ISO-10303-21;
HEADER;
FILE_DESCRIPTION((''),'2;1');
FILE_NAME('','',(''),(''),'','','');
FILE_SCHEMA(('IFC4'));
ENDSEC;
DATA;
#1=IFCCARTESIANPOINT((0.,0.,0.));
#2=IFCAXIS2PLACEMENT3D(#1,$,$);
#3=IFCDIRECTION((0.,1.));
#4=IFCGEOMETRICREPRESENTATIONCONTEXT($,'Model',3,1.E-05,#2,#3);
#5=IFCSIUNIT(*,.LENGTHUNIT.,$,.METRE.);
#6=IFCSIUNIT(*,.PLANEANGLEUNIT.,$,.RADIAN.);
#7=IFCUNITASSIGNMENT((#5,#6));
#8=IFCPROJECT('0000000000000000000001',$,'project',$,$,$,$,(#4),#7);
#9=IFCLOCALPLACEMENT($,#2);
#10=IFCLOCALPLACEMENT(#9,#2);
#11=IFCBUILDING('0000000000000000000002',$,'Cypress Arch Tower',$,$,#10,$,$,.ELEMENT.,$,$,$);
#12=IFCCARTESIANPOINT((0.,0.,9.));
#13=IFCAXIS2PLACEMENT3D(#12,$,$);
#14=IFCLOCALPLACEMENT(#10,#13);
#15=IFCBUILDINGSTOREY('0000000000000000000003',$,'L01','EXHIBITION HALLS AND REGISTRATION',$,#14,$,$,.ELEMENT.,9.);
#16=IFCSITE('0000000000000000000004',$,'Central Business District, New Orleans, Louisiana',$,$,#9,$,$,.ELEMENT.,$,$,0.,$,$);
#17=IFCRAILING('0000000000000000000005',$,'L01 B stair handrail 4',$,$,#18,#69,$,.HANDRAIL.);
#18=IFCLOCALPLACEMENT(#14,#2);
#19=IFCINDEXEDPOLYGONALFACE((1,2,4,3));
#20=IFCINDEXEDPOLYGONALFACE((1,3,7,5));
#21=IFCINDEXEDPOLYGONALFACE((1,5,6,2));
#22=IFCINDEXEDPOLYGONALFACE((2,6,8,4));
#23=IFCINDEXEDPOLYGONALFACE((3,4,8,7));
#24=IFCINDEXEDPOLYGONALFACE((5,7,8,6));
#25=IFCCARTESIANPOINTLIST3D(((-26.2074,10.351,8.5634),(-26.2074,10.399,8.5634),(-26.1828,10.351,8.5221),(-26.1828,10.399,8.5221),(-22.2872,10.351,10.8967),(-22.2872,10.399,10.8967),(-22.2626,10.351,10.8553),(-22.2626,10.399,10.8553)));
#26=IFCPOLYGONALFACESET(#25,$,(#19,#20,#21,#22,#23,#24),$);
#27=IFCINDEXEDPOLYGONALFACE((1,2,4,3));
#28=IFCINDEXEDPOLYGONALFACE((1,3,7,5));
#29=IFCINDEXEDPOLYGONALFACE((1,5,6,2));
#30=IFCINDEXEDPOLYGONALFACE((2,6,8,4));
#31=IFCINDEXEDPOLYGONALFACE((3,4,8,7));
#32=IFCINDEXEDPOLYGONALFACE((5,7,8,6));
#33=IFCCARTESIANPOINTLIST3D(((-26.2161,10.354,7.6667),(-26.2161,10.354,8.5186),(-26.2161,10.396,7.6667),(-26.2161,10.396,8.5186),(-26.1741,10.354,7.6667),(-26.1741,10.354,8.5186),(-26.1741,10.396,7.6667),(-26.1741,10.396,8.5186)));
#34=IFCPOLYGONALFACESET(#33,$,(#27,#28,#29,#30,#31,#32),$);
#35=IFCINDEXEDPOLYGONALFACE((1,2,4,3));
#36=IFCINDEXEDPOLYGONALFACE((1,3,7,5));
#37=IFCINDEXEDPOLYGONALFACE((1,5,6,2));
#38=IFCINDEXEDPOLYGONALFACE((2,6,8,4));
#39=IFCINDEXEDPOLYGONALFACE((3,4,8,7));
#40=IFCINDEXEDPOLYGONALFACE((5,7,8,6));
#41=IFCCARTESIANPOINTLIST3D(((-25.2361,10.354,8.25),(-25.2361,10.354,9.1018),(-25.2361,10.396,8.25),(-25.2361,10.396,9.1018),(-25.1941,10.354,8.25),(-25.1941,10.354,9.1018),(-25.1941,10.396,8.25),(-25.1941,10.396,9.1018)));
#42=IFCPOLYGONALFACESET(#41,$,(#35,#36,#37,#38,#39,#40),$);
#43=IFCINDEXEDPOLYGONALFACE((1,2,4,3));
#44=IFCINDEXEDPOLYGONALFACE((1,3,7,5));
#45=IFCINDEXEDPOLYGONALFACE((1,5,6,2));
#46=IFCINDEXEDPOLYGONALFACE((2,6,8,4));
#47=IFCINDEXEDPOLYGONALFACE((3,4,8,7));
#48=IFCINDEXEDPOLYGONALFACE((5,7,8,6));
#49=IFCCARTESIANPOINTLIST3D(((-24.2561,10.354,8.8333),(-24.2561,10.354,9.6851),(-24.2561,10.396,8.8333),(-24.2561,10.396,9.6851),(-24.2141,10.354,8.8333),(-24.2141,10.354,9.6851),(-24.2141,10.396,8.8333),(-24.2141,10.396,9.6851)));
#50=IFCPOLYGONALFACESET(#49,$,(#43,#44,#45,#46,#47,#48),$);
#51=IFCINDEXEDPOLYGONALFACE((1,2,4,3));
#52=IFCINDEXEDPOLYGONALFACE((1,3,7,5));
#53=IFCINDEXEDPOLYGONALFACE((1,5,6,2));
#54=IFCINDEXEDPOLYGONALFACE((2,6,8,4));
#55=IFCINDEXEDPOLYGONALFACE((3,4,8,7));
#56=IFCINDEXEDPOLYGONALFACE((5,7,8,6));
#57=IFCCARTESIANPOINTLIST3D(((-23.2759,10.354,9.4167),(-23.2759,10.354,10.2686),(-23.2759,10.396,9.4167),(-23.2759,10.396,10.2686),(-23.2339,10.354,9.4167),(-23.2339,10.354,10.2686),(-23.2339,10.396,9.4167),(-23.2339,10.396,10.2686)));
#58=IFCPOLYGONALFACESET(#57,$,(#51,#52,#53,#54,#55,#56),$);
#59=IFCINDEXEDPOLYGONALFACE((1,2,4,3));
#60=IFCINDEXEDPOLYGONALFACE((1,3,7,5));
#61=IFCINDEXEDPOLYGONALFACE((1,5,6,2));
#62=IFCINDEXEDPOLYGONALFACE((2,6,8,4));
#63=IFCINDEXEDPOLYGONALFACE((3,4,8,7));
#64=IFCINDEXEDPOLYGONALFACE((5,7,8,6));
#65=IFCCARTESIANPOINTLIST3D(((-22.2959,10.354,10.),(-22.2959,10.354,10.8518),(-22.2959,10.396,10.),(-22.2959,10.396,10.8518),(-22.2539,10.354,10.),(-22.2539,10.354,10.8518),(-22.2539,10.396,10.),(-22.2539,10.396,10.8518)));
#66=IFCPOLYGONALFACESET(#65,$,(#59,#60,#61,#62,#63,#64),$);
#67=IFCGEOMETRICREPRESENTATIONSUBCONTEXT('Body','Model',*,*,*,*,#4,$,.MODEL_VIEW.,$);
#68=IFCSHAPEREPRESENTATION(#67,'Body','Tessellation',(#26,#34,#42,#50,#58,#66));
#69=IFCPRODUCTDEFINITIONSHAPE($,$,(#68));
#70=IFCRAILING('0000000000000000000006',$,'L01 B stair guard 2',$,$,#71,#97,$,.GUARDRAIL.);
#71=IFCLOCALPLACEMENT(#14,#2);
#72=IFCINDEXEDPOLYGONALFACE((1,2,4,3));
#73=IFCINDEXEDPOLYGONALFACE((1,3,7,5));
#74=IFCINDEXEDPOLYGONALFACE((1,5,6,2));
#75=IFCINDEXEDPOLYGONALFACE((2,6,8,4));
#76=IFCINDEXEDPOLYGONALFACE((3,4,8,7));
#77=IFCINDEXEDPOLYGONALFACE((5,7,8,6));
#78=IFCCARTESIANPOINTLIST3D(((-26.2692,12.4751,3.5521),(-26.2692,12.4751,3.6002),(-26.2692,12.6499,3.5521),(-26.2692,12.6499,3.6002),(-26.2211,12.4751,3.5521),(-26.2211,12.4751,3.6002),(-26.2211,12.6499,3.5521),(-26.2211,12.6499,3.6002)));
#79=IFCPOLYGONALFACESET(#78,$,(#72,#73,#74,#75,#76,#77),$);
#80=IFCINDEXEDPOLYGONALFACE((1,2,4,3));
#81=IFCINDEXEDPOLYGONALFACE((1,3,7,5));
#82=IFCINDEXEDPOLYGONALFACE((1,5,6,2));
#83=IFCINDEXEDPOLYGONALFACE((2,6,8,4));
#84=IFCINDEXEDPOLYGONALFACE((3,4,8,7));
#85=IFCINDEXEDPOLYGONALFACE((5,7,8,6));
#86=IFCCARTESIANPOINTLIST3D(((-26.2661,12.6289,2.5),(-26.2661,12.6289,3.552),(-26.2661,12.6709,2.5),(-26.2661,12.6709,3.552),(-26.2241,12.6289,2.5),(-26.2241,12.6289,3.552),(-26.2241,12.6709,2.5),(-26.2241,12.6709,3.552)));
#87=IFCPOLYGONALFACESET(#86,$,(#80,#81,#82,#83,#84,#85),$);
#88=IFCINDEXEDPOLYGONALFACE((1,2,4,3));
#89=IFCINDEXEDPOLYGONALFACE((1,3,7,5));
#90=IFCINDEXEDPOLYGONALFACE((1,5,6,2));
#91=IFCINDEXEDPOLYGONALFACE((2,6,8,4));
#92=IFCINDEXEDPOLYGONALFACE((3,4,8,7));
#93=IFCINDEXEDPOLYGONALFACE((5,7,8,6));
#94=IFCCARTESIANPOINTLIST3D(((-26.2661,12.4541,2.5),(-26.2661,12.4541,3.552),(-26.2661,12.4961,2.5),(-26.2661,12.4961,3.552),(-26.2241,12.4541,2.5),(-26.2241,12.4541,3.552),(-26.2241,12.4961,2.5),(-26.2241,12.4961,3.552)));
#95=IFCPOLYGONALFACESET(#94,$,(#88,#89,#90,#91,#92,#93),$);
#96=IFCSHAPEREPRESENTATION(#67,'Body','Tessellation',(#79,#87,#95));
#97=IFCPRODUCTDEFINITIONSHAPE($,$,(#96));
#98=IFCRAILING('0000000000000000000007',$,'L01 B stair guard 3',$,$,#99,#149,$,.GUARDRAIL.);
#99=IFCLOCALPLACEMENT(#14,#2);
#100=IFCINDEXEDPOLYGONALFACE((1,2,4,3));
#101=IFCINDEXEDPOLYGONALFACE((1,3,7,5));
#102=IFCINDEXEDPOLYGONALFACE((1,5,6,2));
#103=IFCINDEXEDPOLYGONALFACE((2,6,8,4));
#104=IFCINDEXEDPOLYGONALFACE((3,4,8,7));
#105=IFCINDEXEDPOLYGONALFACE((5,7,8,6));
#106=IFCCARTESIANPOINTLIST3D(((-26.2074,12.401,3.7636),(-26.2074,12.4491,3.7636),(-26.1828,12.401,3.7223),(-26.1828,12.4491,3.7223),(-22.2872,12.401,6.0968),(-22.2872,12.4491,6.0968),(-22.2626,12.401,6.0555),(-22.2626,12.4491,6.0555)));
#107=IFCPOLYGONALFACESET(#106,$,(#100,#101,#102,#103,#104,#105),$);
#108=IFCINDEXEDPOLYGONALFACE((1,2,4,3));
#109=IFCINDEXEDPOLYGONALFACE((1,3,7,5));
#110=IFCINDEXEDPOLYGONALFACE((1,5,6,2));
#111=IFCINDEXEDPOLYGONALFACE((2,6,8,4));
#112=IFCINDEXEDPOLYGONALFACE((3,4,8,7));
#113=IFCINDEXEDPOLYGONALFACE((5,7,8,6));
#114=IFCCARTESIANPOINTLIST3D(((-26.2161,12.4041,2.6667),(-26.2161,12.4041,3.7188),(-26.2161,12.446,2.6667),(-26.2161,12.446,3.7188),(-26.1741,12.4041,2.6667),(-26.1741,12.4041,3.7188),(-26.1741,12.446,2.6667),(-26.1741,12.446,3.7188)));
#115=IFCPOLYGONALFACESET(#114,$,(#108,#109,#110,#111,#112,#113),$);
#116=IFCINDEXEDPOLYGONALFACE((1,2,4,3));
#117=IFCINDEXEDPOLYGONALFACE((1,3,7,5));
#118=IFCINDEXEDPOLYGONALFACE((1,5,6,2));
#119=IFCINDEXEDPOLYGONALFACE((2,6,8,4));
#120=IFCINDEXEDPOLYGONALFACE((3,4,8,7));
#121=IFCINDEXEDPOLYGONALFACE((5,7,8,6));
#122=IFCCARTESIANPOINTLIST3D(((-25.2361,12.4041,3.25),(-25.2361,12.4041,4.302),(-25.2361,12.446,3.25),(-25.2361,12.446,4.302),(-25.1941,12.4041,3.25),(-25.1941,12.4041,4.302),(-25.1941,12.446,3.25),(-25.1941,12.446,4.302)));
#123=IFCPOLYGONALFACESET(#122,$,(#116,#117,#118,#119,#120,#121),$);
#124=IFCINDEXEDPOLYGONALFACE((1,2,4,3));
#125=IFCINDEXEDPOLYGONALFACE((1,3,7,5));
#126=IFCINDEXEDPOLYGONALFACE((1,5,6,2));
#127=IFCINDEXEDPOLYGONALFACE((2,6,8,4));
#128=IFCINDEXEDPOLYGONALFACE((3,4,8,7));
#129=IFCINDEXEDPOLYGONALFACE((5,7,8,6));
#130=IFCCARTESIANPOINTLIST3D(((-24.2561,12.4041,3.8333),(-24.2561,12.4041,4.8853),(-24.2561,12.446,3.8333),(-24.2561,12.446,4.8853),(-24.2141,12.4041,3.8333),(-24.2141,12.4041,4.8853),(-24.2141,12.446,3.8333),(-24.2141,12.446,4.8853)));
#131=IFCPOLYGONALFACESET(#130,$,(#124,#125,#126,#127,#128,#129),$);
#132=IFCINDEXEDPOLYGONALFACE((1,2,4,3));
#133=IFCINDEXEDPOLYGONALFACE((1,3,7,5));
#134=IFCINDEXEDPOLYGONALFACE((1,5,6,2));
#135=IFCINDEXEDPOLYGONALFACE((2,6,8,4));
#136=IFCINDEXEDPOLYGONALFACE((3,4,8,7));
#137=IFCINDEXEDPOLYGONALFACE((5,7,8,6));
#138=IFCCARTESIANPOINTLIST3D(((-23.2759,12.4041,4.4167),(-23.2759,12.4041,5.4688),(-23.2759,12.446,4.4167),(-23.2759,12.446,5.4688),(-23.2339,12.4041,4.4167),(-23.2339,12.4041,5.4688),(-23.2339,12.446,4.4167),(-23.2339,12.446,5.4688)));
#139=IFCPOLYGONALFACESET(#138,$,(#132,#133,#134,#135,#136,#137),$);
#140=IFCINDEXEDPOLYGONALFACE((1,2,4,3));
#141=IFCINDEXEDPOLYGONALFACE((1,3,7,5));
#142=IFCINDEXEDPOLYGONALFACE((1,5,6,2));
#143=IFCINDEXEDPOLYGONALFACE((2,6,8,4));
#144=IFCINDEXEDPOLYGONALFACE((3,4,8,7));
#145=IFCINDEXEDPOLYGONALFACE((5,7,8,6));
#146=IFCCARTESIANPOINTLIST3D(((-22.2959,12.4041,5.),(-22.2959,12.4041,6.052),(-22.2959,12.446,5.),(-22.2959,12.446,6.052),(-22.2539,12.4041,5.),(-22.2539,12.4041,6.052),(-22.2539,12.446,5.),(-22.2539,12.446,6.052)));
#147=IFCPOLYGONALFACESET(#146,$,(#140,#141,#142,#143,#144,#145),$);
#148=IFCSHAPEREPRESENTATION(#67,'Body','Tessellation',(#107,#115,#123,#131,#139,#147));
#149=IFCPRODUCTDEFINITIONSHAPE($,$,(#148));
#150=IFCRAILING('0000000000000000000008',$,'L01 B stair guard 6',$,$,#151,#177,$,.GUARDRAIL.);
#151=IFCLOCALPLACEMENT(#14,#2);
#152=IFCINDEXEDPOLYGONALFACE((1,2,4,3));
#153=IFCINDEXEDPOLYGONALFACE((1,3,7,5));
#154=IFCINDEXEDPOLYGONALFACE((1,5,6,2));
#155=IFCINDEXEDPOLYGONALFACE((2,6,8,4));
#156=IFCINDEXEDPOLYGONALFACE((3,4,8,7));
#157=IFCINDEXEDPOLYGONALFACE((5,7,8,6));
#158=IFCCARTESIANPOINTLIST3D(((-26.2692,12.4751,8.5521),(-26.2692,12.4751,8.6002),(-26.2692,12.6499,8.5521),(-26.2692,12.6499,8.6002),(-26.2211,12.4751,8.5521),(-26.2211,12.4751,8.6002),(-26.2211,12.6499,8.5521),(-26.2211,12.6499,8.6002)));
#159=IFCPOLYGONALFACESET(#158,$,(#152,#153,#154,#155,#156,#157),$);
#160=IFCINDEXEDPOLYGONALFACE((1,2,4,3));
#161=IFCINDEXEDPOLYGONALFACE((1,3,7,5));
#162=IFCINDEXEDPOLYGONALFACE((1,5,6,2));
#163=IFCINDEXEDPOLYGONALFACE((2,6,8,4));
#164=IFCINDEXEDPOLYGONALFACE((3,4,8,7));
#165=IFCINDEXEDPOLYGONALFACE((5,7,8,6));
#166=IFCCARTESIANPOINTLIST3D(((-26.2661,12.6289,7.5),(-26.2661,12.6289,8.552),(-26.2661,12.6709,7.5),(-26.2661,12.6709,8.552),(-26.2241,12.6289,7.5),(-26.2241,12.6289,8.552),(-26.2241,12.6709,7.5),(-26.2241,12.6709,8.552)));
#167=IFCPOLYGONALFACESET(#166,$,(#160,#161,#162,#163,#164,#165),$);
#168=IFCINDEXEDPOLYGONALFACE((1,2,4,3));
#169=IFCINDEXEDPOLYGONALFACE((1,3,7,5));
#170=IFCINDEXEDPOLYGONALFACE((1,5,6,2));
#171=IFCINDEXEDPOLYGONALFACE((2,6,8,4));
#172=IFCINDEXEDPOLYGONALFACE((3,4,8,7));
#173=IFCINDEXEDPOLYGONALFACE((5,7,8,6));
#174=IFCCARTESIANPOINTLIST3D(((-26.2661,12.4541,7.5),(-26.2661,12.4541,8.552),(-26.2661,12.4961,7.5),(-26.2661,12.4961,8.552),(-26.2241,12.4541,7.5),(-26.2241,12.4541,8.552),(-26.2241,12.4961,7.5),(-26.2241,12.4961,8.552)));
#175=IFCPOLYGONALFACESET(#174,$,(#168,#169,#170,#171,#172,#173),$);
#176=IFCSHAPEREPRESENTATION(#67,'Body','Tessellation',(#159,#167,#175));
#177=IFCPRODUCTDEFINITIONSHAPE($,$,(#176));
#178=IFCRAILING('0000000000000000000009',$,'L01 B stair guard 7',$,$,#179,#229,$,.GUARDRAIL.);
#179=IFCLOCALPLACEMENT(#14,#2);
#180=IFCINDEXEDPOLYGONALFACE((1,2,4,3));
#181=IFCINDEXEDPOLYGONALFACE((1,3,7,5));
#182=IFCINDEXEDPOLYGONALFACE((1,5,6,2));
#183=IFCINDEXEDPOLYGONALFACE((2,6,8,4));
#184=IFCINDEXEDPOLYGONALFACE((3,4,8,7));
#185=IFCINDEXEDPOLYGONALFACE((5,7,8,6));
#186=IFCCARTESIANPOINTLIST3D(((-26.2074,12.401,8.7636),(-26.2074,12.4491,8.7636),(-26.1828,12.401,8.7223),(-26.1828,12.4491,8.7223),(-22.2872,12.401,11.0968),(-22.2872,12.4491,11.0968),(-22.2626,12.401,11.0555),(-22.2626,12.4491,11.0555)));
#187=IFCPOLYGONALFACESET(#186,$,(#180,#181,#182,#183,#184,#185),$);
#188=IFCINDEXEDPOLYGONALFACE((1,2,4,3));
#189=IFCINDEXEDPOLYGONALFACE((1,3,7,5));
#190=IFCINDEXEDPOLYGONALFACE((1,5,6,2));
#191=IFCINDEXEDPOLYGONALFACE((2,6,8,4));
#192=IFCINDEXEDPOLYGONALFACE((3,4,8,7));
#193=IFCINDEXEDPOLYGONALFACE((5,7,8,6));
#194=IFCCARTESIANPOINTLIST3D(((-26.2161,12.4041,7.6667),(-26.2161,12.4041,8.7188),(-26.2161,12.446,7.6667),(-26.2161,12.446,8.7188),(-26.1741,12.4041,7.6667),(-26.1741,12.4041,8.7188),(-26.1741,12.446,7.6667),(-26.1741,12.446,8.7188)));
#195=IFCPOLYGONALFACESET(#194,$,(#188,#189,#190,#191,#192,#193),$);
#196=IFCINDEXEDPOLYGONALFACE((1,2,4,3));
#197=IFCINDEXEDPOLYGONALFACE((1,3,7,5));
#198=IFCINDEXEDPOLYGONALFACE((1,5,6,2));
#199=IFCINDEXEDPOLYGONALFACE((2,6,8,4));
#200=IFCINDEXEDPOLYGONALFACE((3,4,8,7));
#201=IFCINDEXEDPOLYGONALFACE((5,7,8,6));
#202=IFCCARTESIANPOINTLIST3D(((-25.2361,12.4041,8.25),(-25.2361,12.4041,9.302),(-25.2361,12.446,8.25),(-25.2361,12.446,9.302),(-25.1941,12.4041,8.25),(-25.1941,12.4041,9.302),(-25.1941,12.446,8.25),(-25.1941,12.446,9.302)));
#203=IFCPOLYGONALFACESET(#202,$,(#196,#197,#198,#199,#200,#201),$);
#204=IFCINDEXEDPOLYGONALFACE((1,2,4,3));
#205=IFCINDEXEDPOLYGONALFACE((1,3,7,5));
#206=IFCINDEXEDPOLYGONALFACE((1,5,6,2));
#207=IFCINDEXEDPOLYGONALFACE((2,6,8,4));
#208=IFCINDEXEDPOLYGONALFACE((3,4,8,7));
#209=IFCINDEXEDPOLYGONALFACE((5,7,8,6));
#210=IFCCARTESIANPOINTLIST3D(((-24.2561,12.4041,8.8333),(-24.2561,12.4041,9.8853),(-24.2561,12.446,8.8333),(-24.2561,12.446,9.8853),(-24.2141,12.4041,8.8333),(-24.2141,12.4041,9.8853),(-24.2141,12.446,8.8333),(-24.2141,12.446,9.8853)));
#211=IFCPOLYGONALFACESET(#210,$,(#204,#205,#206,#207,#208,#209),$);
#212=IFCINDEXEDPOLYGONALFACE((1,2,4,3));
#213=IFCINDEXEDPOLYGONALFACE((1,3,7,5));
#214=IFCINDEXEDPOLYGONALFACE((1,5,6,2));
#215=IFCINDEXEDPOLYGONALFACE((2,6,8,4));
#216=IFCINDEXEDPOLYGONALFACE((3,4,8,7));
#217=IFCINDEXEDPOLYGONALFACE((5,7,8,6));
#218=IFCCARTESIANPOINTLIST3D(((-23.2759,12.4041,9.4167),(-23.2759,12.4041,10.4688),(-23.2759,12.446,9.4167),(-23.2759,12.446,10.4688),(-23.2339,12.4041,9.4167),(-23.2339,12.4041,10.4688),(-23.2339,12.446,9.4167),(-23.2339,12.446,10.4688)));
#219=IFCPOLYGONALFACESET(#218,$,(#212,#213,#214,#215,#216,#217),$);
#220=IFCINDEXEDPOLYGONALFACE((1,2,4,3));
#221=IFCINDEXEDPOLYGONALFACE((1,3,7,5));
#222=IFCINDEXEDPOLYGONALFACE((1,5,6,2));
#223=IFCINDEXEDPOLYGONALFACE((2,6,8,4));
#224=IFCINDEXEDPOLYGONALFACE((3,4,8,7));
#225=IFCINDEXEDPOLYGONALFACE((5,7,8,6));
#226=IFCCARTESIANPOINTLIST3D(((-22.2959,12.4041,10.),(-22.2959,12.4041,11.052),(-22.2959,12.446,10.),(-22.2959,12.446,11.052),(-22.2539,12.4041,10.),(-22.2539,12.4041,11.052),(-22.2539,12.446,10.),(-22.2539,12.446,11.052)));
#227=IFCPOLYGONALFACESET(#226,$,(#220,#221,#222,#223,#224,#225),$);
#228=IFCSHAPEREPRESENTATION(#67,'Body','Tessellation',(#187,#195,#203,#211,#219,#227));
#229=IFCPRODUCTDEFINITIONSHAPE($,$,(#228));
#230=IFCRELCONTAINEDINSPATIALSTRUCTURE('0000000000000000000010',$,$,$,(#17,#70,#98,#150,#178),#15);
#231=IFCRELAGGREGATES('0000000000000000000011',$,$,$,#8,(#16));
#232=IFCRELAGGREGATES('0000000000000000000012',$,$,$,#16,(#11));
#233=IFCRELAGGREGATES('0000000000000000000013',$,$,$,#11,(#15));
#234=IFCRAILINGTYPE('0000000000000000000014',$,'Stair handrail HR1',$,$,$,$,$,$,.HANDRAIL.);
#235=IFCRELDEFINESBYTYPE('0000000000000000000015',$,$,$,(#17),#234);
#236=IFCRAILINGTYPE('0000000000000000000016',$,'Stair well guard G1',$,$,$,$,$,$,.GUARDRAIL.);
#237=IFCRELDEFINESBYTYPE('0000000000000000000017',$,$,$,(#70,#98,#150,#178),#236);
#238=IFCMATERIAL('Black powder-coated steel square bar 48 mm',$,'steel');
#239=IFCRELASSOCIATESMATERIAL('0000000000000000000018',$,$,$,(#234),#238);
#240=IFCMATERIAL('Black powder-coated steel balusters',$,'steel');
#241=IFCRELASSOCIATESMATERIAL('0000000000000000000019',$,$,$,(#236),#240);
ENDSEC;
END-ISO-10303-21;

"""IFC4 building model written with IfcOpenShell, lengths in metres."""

from ifc_helpers import new_model, si_unit, direction, frame, origin, origin_2d, place, context, subcontext, project, spatial, rectangle, extrude, material, type_object, element, save


model = new_model("IFC4")

# Units and contexts
model_context = context("Model", 3, precision=1e-05, world=origin(), true_north=direction((0.0, 1.0)))
body_context = subcontext(model_context, "Body", "Model", "MODEL_VIEW")
ifc_project = project(units=[si_unit("LENGTHUNIT", "METRE"), si_unit("PLANEANGLEUNIT", "RADIAN")], contexts=[model_context])

# Site, building, storey
site_placement = place(None, origin())
site = spatial("IfcSite", under=ifc_project, at=site_placement, Name="Central Business District, New Orleans, Louisiana", CompositionType="ELEMENT", RefElevation=0.0)
building_placement = place(site_placement, origin())
building = spatial("IfcBuilding", under=site, at=building_placement, Name="Cypress Arch Tower", CompositionType="ELEMENT")
storey_placement = place(building_placement, frame((0.0, 0.0, 9.0)))
storey = spatial("IfcBuildingStorey", under=building, at=storey_placement, Name="L01", Description="EXHIBITION HALLS AND REGISTRATION", CompositionType="ELEMENT", Elevation=9.0)

# Railings
ifc_material_1 = material(Name="Black powder-coated steel square bar 48 mm", Category="steel")
railing_type_1 = type_object("IfcRailingType", Name="Stair handrail HR1", PredefinedType="HANDRAIL", material=ifc_material_1)
for number, where, name in (
    (1, (-26.1951, 10.375, 7.6667), "L01 B stair handrail 4"),
):
    element("IfcRailing", number, at=place(storey_placement, frame(where)), inside=storey, type_object=railing_type_1, Name=name, PredefinedType="HANDRAIL", context=body_context, shape_type="SweptSolid", body=[
        extrude(rectangle(XDim=0.0481, YDim=0.0481, at=origin_2d()), frame((0.0, 0.0, 0.876), z_axis=(0.85931, 0.0, 0.511455), x_axis=(0.0, 1.0, 0.0)), (0.0, 0.0, 1.0), 4.562),
        extrude(rectangle(XDim=0.042, YDim=0.042, at=origin_2d()), origin(), (0.0, 0.0, 1.0), 0.8518),
        extrude(rectangle(XDim=0.042, YDim=0.042, at=origin_2d()), frame((0.98, 0.0, 0.5833)), (0.0, 0.0, 1.0), 0.8518),
        extrude(rectangle(XDim=0.042, YDim=0.042, at=origin_2d()), frame((1.96, 0.0, 1.1665)), (0.0, 0.0, 1.0), 0.8518),
        extrude(rectangle(XDim=0.042, YDim=0.042, at=origin_2d()), frame((2.9402, 0.0, 1.75)), (0.0, 0.0, 1.0), 0.8518),
        extrude(rectangle(XDim=0.042, YDim=0.042, at=origin_2d()), frame((3.9202, 0.0, 2.3333)), (0.0, 0.0, 1.0), 0.8518),
    ])
ifc_material_2 = material(Name="Black powder-coated steel balusters", Category="steel")
railing_type_2 = type_object("IfcRailingType", Name="Stair well guard G1", PredefinedType="GUARDRAIL", material=ifc_material_2)
railing_1_placement = place(storey_placement, frame((-26.2451, 12.6499, 2.5)))
element("IfcRailing", 2, at=railing_1_placement, inside=storey, type_object=railing_type_2, Name="L01 B stair guard 2", PredefinedType="GUARDRAIL", context=body_context, shape_type="SweptSolid", body=[
    extrude(rectangle(XDim=0.0481, YDim=0.0481, at=origin_2d()), frame((0.0, 0.0, 1.0762), z_axis=(0.0, -1.0, 0.0), x_axis=(1.0, 0.0, 0.0)), (0.0, 0.0, 1.0), 0.1748),
    extrude(rectangle(XDim=0.042, YDim=0.042, at=origin_2d()), origin(), (0.0, 0.0, 1.0), 1.052),
    extrude(rectangle(XDim=0.042, YDim=0.042, at=origin_2d()), frame((0.0, -0.1748, 0.0)), (0.0, 0.0, 1.0), 1.052),
])
railing_2_placement = place(storey_placement, frame((-26.1951, 12.425, 2.6667)))
element("IfcRailing", 3, at=railing_2_placement, inside=storey, type_object=railing_type_2, Name="L01 B stair guard 3", PredefinedType="GUARDRAIL", context=body_context, shape_type="SweptSolid", body=[
    extrude(rectangle(XDim=0.0481, YDim=0.0481, at=origin_2d()), frame((0.0, 0.0, 1.0762), z_axis=(0.85931, 0.0, 0.511455), x_axis=(0.0, 1.0, 0.0)), (0.0, 0.0, 1.0), 4.562),
    extrude(rectangle(XDim=0.042, YDim=0.042, at=origin_2d()), origin(), (0.0, 0.0, 1.0), 1.052),
    extrude(rectangle(XDim=0.042, YDim=0.042, at=origin_2d()), frame((0.98, 0.0, 0.5833)), (0.0, 0.0, 1.0), 1.052),
    extrude(rectangle(XDim=0.042, YDim=0.042, at=origin_2d()), frame((1.96, 0.0, 1.1665)), (0.0, 0.0, 1.0), 1.052),
    extrude(rectangle(XDim=0.042, YDim=0.042, at=origin_2d()), frame((2.9402, 0.0, 1.75)), (0.0, 0.0, 1.0), 1.052),
    extrude(rectangle(XDim=0.042, YDim=0.042, at=origin_2d()), frame((3.9202, 0.0, 2.3333)), (0.0, 0.0, 1.0), 1.052),
])
railing_3_placement = place(storey_placement, frame((-26.2451, 12.6499, 7.5)))
element("IfcRailing", 4, at=railing_3_placement, inside=storey, type_object=railing_type_2, Name="L01 B stair guard 6", PredefinedType="GUARDRAIL", context=body_context, shape_type="SweptSolid", body=[
    extrude(rectangle(XDim=0.0481, YDim=0.0481, at=origin_2d()), frame((0.0, 0.0, 1.0762), z_axis=(0.0, -1.0, 0.0), x_axis=(1.0, 0.0, 0.0)), (0.0, 0.0, 1.0), 0.1748),
    extrude(rectangle(XDim=0.042, YDim=0.042, at=origin_2d()), origin(), (0.0, 0.0, 1.0), 1.052),
    extrude(rectangle(XDim=0.042, YDim=0.042, at=origin_2d()), frame((0.0, -0.1748, 0.0)), (0.0, 0.0, 1.0), 1.052),
])
railing_4_placement = place(storey_placement, frame((-26.1951, 12.425, 7.6667)))
element("IfcRailing", 5, at=railing_4_placement, inside=storey, type_object=railing_type_2, Name="L01 B stair guard 7", PredefinedType="GUARDRAIL", context=body_context, shape_type="SweptSolid", body=[
    extrude(rectangle(XDim=0.0481, YDim=0.0481, at=origin_2d()), frame((0.0, 0.0, 1.0762), z_axis=(0.85931, 0.0, 0.511455), x_axis=(0.0, 1.0, 0.0)), (0.0, 0.0, 1.0), 4.562),
    extrude(rectangle(XDim=0.042, YDim=0.042, at=origin_2d()), origin(), (0.0, 0.0, 1.0), 1.052),
    extrude(rectangle(XDim=0.042, YDim=0.042, at=origin_2d()), frame((0.98, 0.0, 0.5833)), (0.0, 0.0, 1.0), 1.052),
    extrude(rectangle(XDim=0.042, YDim=0.042, at=origin_2d()), frame((1.96, 0.0, 1.1665)), (0.0, 0.0, 1.0), 1.052),
    extrude(rectangle(XDim=0.042, YDim=0.042, at=origin_2d()), frame((2.9402, 0.0, 1.75)), (0.0, 0.0, 1.0), 1.052),
    extrude(rectangle(XDim=0.042, YDim=0.042, at=origin_2d()), frame((3.9202, 0.0, 2.3333)), (0.0, 0.0, 1.0), 1.052),
])

save(model, "model.ifc")
